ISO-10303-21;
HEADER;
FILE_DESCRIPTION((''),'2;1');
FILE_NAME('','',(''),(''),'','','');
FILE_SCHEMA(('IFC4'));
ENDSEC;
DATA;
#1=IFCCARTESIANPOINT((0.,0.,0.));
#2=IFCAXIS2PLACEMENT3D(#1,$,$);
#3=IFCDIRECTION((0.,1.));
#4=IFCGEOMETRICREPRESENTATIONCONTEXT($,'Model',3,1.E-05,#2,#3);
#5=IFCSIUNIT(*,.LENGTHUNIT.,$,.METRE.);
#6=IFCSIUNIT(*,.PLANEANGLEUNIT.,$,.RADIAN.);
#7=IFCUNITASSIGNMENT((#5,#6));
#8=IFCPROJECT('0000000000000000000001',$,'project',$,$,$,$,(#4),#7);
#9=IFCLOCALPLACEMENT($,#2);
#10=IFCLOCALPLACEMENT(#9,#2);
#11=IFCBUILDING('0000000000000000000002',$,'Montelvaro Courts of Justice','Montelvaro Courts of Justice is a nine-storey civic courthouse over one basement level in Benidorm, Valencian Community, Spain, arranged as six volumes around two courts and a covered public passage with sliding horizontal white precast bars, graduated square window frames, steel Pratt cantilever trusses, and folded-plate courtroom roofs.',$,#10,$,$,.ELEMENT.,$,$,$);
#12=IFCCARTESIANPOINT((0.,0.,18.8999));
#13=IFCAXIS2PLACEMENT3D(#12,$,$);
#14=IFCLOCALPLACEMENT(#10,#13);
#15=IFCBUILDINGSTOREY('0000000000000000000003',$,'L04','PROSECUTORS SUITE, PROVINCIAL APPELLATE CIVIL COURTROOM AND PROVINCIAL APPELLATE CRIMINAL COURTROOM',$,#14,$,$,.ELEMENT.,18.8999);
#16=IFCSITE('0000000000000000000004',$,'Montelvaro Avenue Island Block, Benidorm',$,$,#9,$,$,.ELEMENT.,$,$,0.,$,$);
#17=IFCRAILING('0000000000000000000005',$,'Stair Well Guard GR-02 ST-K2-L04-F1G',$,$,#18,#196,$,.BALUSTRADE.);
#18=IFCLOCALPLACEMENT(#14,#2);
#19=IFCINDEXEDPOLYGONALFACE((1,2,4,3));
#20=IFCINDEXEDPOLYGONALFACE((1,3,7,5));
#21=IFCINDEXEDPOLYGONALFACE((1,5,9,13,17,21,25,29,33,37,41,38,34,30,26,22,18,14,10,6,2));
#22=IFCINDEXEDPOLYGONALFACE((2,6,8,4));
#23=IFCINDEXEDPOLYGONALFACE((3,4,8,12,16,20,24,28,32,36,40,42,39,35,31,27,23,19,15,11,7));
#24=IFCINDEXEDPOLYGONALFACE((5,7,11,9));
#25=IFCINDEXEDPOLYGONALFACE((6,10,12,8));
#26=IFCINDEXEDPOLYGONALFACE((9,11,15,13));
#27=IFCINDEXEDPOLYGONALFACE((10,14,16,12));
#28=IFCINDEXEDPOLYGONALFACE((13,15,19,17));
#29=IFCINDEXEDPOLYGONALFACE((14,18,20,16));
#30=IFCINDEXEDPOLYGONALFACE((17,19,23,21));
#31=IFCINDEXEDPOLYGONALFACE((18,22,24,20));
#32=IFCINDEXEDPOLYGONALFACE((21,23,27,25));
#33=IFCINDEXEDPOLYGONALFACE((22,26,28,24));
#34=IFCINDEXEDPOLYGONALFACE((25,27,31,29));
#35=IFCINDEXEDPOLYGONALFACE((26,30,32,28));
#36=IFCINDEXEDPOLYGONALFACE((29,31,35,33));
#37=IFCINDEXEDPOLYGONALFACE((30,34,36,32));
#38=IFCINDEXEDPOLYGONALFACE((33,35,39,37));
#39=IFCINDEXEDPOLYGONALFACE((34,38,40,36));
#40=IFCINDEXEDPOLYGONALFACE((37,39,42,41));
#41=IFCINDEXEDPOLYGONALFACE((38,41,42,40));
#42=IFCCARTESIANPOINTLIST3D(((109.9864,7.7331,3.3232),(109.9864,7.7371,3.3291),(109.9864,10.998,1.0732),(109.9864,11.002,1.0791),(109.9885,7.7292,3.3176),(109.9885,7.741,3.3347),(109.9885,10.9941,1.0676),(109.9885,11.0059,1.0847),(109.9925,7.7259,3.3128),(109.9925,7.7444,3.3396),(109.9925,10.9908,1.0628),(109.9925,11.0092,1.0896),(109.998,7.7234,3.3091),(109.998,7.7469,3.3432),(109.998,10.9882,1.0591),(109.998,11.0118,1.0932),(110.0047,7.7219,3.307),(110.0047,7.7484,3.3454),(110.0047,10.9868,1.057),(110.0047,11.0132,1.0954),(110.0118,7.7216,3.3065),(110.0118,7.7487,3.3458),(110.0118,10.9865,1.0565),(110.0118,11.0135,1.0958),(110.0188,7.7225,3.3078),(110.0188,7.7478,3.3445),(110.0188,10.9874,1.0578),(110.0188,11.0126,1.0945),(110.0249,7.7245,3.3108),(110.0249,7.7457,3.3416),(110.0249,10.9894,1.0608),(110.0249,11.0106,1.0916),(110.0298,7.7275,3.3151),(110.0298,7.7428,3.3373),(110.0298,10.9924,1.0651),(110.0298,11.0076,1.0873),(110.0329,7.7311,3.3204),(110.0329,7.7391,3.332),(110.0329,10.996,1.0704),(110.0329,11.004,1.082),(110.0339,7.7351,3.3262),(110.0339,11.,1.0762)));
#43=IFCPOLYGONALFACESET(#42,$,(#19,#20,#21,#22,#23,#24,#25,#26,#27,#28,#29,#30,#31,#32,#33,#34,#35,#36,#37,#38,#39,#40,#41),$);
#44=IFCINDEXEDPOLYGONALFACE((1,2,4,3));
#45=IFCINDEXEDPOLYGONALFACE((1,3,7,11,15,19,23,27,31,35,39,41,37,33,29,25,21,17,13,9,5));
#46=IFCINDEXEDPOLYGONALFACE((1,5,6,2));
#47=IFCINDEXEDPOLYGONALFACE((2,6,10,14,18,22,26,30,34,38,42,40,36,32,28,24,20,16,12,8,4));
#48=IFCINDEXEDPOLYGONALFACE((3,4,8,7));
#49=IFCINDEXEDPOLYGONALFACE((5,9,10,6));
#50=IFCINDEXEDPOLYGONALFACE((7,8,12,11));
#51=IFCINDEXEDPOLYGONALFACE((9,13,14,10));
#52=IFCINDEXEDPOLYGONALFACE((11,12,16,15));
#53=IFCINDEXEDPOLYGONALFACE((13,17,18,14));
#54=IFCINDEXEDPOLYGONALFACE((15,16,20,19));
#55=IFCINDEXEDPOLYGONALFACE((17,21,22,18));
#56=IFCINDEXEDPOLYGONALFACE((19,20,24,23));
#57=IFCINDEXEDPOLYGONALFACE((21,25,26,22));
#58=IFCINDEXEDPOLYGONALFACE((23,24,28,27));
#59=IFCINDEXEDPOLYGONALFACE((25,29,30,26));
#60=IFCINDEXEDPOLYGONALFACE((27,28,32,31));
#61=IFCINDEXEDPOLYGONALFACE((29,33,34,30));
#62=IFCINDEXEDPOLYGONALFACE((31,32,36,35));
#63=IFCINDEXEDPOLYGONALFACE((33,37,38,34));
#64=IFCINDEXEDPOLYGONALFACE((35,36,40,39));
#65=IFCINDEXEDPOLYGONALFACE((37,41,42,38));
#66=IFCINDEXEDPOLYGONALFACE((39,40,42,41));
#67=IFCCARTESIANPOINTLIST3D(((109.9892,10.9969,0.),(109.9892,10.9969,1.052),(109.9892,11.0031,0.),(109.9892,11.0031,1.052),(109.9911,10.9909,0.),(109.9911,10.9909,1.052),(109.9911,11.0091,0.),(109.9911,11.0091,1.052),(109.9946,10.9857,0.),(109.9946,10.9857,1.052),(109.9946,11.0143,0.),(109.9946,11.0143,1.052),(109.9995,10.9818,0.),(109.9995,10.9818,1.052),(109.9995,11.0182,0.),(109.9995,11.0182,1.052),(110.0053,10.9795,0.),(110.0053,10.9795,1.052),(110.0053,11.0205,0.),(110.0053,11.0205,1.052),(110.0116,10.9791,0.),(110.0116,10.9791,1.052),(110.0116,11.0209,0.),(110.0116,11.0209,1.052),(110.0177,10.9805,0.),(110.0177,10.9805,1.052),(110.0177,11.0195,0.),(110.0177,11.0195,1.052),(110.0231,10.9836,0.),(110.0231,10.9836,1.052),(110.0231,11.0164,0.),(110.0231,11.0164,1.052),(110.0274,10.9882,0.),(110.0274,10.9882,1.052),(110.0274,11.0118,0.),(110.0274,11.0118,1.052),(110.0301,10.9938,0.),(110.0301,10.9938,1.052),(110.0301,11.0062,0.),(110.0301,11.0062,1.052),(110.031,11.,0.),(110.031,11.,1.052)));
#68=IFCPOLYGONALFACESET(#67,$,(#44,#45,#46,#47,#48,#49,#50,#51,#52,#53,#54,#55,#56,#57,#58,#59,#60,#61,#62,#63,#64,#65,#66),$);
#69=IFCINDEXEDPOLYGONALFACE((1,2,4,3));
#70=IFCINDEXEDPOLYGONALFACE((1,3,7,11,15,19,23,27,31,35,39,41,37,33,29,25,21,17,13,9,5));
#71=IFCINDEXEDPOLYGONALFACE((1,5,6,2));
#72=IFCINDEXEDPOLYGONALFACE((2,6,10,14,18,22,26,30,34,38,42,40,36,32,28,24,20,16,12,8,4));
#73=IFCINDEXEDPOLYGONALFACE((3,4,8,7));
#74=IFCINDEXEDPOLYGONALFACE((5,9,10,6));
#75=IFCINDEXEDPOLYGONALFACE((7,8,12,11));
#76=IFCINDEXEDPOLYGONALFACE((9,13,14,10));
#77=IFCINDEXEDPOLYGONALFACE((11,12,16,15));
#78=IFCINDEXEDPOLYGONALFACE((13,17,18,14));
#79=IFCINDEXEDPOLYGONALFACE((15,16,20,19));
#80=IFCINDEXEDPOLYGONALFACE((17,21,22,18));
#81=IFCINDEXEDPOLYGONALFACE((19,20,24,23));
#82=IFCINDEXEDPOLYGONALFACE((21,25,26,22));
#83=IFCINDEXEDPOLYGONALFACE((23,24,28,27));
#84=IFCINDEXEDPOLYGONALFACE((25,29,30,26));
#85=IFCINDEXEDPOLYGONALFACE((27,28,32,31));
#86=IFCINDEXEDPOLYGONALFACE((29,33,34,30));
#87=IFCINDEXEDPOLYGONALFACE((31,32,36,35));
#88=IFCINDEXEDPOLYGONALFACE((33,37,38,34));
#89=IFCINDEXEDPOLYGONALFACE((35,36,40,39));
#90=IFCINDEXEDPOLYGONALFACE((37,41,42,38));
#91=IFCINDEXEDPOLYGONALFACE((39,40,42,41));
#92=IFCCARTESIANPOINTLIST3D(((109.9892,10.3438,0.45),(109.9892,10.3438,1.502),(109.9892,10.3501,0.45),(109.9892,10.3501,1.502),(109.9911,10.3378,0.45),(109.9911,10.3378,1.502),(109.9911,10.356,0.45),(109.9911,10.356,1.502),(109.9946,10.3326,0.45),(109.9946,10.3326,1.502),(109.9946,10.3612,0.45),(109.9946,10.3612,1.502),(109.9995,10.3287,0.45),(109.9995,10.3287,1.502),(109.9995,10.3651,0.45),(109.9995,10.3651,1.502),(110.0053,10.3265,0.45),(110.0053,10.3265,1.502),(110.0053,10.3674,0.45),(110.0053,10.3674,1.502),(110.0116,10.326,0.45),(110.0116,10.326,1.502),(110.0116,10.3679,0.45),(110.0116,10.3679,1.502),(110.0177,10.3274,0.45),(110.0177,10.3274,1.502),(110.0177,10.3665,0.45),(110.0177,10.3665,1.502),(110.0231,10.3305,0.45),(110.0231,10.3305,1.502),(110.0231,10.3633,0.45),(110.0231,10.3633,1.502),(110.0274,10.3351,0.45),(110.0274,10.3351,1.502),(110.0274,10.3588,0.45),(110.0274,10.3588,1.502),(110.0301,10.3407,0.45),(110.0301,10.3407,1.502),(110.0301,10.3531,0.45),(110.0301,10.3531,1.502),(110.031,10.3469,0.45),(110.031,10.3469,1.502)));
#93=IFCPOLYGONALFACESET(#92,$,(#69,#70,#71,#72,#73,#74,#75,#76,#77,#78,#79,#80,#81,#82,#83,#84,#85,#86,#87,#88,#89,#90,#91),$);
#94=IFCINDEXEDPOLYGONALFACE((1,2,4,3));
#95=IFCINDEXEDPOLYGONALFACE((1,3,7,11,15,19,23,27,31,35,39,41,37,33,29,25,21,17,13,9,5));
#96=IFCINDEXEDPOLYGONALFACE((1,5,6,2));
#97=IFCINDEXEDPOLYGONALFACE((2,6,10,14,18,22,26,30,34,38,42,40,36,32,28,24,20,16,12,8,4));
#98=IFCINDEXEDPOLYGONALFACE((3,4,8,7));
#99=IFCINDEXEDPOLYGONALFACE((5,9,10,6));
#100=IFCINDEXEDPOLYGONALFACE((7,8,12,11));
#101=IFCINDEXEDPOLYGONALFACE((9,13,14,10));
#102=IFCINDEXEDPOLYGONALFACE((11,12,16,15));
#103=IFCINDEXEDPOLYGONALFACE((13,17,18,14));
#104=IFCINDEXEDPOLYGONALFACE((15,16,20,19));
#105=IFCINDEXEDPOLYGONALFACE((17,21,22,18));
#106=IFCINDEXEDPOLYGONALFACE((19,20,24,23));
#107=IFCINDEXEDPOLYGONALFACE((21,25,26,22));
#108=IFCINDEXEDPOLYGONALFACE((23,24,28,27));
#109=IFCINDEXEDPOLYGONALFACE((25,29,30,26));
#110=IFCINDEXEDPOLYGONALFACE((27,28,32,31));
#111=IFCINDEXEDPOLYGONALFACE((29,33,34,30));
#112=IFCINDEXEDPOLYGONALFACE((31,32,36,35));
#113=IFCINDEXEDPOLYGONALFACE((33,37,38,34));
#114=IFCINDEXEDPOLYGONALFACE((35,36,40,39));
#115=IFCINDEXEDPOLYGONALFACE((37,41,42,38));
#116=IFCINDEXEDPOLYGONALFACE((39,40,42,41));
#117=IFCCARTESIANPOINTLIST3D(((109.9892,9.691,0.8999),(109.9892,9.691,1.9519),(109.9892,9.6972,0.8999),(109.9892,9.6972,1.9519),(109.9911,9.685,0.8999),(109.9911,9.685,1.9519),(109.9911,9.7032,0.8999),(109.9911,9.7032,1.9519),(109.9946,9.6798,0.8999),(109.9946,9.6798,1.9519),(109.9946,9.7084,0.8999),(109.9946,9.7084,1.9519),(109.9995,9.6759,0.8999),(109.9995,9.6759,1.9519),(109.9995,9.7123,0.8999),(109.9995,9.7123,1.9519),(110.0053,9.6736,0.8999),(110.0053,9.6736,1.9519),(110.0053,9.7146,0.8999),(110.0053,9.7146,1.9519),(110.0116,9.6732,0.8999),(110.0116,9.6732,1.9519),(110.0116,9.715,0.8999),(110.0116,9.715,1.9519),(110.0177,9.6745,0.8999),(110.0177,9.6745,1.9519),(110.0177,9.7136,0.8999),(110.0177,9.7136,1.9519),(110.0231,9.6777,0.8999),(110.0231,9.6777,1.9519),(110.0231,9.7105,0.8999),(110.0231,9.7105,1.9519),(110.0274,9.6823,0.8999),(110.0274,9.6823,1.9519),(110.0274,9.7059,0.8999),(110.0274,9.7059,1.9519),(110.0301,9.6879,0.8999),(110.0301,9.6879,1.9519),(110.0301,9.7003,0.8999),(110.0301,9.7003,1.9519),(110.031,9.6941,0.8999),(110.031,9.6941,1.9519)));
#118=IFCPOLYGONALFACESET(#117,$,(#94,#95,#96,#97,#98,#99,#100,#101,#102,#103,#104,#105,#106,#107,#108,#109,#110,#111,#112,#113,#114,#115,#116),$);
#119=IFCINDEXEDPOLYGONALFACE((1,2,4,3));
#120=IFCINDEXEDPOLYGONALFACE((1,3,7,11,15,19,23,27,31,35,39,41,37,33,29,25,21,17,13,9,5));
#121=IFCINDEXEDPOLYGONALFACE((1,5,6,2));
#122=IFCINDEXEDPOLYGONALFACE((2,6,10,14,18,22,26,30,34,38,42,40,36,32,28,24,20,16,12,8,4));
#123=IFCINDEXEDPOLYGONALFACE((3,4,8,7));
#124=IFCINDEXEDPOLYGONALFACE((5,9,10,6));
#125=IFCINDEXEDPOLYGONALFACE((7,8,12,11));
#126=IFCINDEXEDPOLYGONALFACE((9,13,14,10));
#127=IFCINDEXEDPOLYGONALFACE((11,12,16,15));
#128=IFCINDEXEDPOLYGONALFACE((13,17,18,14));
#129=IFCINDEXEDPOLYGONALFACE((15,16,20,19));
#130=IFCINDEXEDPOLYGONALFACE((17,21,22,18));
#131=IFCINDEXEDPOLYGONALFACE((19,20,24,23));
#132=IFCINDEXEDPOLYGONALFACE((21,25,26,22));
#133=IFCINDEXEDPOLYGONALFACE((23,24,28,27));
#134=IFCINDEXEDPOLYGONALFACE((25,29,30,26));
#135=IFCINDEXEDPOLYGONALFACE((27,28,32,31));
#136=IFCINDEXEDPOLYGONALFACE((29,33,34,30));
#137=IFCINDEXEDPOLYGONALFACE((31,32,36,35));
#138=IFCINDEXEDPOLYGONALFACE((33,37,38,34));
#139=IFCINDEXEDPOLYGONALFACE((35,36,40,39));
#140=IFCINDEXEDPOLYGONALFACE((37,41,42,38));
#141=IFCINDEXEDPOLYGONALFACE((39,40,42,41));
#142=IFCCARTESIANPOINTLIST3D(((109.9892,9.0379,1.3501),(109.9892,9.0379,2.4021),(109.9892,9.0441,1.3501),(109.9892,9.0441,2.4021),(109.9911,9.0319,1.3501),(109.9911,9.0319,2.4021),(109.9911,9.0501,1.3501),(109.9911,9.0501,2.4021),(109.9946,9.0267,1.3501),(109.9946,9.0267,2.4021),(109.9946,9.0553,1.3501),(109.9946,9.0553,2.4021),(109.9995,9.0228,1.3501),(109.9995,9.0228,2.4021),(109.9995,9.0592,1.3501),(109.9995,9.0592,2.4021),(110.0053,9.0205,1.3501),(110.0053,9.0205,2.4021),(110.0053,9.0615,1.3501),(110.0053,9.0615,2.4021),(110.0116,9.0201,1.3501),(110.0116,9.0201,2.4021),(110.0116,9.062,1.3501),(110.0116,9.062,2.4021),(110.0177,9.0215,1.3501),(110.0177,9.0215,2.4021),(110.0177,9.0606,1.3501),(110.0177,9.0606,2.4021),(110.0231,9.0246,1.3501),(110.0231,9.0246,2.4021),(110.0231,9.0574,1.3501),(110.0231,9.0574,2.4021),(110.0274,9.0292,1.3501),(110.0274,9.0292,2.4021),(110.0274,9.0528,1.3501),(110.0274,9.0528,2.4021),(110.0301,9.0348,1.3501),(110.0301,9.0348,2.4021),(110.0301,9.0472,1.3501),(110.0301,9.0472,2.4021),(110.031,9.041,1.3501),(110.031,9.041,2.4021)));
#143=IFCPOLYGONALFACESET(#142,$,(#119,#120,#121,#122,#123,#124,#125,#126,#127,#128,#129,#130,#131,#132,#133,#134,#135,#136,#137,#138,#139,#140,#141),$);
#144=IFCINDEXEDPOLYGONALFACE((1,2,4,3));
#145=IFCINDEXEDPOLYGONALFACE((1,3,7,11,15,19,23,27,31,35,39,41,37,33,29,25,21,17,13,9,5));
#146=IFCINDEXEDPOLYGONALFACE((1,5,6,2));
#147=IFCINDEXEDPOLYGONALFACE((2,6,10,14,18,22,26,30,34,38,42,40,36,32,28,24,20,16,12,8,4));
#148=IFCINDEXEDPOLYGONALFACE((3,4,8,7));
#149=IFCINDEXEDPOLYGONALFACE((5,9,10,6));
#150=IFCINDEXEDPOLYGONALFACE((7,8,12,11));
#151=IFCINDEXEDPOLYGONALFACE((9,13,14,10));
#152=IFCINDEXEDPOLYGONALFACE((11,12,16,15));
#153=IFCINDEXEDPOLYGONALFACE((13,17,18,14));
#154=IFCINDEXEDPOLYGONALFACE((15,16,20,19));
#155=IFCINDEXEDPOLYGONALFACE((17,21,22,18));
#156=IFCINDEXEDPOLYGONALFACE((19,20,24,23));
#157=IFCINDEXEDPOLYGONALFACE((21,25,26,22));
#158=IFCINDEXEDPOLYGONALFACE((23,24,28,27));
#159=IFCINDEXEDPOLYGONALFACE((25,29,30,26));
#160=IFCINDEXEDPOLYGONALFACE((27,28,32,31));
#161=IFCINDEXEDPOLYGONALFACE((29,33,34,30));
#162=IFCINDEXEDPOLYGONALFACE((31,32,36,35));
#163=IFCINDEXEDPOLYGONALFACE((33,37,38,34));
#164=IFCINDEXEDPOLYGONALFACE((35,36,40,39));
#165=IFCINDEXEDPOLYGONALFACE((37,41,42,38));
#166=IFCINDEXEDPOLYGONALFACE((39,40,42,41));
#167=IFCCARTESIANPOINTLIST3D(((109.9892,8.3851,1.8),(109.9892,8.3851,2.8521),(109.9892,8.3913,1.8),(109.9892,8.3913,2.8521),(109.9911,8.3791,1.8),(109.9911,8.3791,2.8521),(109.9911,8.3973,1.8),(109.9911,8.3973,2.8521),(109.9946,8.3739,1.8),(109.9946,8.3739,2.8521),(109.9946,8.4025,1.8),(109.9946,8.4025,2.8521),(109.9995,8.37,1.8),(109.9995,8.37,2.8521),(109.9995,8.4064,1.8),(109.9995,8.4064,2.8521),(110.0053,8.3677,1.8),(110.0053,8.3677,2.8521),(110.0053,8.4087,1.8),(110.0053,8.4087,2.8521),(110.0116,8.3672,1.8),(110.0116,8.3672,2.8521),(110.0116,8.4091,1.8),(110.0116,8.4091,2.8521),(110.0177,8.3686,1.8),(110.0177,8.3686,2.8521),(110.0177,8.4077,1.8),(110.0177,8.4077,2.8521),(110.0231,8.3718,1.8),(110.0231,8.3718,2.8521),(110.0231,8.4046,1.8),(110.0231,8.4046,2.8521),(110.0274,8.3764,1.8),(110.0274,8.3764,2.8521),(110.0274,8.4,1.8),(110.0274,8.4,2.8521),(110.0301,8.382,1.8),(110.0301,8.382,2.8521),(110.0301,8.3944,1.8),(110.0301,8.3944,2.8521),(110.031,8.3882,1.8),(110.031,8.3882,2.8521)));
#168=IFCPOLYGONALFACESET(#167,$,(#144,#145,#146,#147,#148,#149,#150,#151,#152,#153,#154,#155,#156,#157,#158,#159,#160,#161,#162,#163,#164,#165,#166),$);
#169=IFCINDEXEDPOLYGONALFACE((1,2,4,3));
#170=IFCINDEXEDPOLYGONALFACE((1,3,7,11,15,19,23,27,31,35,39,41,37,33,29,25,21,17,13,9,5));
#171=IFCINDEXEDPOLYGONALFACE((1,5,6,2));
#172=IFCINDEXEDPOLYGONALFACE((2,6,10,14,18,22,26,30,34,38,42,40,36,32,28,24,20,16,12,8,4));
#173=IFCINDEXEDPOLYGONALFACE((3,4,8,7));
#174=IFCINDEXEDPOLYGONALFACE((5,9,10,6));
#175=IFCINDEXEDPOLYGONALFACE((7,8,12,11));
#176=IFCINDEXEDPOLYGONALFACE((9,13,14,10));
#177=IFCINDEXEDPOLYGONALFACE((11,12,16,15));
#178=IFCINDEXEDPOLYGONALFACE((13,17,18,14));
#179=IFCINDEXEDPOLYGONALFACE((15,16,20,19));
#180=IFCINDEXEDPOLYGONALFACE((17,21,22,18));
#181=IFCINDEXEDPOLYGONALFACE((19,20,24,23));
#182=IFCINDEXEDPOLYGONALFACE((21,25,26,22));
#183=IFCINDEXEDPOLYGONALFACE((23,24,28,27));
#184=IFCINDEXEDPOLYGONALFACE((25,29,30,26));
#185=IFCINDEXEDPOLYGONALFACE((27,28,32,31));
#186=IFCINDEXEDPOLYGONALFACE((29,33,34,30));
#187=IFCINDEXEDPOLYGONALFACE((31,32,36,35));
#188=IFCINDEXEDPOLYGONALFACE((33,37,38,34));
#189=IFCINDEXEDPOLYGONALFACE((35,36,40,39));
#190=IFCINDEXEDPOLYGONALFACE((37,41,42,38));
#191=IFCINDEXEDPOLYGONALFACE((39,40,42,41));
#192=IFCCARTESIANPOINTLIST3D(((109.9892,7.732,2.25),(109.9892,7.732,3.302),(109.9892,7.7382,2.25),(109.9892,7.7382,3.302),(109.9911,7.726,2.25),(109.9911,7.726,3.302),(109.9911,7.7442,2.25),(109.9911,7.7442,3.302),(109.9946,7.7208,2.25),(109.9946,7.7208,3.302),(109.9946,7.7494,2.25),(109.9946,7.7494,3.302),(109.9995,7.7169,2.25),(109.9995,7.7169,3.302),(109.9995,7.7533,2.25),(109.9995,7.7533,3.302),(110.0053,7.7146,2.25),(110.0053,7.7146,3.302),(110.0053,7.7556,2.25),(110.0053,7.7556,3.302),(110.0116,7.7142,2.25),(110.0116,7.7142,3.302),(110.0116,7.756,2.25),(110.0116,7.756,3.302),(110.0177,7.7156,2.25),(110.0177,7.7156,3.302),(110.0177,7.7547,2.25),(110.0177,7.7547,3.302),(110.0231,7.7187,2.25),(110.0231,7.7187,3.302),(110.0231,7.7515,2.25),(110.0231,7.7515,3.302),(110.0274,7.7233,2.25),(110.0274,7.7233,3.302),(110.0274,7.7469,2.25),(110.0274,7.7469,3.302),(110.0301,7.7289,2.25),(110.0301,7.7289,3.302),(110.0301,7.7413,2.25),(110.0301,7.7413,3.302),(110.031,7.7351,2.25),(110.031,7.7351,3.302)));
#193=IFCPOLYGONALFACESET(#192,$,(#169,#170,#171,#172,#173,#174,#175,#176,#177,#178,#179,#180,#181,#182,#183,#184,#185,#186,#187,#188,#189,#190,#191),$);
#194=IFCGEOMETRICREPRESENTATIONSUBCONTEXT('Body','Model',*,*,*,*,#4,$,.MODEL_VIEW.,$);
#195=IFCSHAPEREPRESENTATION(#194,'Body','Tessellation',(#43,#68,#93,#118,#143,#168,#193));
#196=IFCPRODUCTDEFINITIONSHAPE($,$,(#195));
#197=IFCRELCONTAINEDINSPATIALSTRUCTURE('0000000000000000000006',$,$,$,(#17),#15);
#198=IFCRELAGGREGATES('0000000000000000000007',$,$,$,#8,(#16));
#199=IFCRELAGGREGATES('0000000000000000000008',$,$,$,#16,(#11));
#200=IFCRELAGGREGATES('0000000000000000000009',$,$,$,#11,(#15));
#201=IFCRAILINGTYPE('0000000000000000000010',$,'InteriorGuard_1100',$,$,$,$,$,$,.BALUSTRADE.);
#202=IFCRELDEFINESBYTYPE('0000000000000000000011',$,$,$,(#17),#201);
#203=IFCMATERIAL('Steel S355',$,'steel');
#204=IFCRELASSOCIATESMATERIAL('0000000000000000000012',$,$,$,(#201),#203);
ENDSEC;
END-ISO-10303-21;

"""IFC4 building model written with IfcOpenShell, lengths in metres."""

from ifc_helpers import new_model, si_unit, direction, frame, origin, origin_2d, place, context, subcontext, project, spatial, circle, extrude, material, type_object, element, save


model = new_model("IFC4")

# Units and contexts
model_context = context("Model", 3, precision=1e-05, world=origin(), true_north=direction((0.0, 1.0)))
body_context = subcontext(model_context, "Body", "Model", "MODEL_VIEW")
ifc_project = project(units=[si_unit("LENGTHUNIT", "METRE"), si_unit("PLANEANGLEUNIT", "RADIAN")], contexts=[model_context])

# Site, building, storey
site_placement = place(None, origin())
site = spatial("IfcSite", under=ifc_project, at=site_placement, Name="Montelvaro Avenue Island Block, Benidorm", CompositionType="ELEMENT", RefElevation=0.0)
building_placement = place(site_placement, origin())
building = spatial("IfcBuilding", under=site, at=building_placement, Name="Montelvaro Courts of Justice", Description="Montelvaro Courts of Justice is a nine-storey civic courthouse over one basement level in Benidorm, Valencian Community, Spain, arranged as six volumes around two courts and a covered public passage with sliding horizontal white precast bars, graduated square window frames, steel Pratt cantilever trusses, and folded-plate courtroom roofs.", CompositionType="ELEMENT")
storey_placement = place(building_placement, frame((0.0, 0.0, 18.8999)))
storey = spatial("IfcBuildingStorey", under=building, at=storey_placement, Name="L04", Description="PROSECUTORS SUITE, PROVINCIAL APPELLATE CIVIL COURTROOM AND PROVINCIAL APPELLATE CRIMINAL COURTROOM", CompositionType="ELEMENT", Elevation=18.8999)

# Shared definitions
ifc_material_1 = material(Name="Steel S355", Category="steel")

# Railing
railing_type_1 = type_object("IfcRailingType", Name="InteriorGuard_1100", PredefinedType="BALUSTRADE", material=ifc_material_1)
railing_1_placement = place(storey_placement, frame((110.01, 11.0, 0.0)))
element("IfcRailing", 1, at=railing_1_placement, inside=storey, type_object=railing_type_1, Name="Stair Well Guard GR-02 ST-K2-L04-F1G", PredefinedType="BALUSTRADE", context=body_context, shape_type="SweptSolid", body=[
    extrude(circle(Radius=0.0239, at=origin_2d()), frame((0.0, 0.0, 1.0762), z_axis=(0.0, -0.823407, 0.567451), x_axis=(1.0, 0.0, 0.0)), (0.0, 0.0, 1.0), 3.9651),
    extrude(circle(Radius=0.021, at=origin_2d()), origin(), (0.0, 0.0, 1.0), 1.052),
    extrude(circle(Radius=0.021, at=origin_2d()), frame((0.0, -0.6531, 0.45)), (0.0, 0.0, 1.0), 1.052),
    extrude(circle(Radius=0.021, at=origin_2d()), frame((0.0, -1.3059, 0.8999)), (0.0, 0.0, 1.0), 1.052),
    extrude(circle(Radius=0.021, at=origin_2d()), frame((0.0, -1.959, 1.3501)), (0.0, 0.0, 1.0), 1.052),
    extrude(circle(Radius=0.021, at=origin_2d()), frame((0.0, -2.6118, 1.8)), (0.0, 0.0, 1.0), 1.052),
    extrude(circle(Radius=0.021, at=origin_2d()), frame((0.0, -3.2649, 2.25)), (0.0, 0.0, 1.0), 1.052),
])

save(model, "model.ifc")
